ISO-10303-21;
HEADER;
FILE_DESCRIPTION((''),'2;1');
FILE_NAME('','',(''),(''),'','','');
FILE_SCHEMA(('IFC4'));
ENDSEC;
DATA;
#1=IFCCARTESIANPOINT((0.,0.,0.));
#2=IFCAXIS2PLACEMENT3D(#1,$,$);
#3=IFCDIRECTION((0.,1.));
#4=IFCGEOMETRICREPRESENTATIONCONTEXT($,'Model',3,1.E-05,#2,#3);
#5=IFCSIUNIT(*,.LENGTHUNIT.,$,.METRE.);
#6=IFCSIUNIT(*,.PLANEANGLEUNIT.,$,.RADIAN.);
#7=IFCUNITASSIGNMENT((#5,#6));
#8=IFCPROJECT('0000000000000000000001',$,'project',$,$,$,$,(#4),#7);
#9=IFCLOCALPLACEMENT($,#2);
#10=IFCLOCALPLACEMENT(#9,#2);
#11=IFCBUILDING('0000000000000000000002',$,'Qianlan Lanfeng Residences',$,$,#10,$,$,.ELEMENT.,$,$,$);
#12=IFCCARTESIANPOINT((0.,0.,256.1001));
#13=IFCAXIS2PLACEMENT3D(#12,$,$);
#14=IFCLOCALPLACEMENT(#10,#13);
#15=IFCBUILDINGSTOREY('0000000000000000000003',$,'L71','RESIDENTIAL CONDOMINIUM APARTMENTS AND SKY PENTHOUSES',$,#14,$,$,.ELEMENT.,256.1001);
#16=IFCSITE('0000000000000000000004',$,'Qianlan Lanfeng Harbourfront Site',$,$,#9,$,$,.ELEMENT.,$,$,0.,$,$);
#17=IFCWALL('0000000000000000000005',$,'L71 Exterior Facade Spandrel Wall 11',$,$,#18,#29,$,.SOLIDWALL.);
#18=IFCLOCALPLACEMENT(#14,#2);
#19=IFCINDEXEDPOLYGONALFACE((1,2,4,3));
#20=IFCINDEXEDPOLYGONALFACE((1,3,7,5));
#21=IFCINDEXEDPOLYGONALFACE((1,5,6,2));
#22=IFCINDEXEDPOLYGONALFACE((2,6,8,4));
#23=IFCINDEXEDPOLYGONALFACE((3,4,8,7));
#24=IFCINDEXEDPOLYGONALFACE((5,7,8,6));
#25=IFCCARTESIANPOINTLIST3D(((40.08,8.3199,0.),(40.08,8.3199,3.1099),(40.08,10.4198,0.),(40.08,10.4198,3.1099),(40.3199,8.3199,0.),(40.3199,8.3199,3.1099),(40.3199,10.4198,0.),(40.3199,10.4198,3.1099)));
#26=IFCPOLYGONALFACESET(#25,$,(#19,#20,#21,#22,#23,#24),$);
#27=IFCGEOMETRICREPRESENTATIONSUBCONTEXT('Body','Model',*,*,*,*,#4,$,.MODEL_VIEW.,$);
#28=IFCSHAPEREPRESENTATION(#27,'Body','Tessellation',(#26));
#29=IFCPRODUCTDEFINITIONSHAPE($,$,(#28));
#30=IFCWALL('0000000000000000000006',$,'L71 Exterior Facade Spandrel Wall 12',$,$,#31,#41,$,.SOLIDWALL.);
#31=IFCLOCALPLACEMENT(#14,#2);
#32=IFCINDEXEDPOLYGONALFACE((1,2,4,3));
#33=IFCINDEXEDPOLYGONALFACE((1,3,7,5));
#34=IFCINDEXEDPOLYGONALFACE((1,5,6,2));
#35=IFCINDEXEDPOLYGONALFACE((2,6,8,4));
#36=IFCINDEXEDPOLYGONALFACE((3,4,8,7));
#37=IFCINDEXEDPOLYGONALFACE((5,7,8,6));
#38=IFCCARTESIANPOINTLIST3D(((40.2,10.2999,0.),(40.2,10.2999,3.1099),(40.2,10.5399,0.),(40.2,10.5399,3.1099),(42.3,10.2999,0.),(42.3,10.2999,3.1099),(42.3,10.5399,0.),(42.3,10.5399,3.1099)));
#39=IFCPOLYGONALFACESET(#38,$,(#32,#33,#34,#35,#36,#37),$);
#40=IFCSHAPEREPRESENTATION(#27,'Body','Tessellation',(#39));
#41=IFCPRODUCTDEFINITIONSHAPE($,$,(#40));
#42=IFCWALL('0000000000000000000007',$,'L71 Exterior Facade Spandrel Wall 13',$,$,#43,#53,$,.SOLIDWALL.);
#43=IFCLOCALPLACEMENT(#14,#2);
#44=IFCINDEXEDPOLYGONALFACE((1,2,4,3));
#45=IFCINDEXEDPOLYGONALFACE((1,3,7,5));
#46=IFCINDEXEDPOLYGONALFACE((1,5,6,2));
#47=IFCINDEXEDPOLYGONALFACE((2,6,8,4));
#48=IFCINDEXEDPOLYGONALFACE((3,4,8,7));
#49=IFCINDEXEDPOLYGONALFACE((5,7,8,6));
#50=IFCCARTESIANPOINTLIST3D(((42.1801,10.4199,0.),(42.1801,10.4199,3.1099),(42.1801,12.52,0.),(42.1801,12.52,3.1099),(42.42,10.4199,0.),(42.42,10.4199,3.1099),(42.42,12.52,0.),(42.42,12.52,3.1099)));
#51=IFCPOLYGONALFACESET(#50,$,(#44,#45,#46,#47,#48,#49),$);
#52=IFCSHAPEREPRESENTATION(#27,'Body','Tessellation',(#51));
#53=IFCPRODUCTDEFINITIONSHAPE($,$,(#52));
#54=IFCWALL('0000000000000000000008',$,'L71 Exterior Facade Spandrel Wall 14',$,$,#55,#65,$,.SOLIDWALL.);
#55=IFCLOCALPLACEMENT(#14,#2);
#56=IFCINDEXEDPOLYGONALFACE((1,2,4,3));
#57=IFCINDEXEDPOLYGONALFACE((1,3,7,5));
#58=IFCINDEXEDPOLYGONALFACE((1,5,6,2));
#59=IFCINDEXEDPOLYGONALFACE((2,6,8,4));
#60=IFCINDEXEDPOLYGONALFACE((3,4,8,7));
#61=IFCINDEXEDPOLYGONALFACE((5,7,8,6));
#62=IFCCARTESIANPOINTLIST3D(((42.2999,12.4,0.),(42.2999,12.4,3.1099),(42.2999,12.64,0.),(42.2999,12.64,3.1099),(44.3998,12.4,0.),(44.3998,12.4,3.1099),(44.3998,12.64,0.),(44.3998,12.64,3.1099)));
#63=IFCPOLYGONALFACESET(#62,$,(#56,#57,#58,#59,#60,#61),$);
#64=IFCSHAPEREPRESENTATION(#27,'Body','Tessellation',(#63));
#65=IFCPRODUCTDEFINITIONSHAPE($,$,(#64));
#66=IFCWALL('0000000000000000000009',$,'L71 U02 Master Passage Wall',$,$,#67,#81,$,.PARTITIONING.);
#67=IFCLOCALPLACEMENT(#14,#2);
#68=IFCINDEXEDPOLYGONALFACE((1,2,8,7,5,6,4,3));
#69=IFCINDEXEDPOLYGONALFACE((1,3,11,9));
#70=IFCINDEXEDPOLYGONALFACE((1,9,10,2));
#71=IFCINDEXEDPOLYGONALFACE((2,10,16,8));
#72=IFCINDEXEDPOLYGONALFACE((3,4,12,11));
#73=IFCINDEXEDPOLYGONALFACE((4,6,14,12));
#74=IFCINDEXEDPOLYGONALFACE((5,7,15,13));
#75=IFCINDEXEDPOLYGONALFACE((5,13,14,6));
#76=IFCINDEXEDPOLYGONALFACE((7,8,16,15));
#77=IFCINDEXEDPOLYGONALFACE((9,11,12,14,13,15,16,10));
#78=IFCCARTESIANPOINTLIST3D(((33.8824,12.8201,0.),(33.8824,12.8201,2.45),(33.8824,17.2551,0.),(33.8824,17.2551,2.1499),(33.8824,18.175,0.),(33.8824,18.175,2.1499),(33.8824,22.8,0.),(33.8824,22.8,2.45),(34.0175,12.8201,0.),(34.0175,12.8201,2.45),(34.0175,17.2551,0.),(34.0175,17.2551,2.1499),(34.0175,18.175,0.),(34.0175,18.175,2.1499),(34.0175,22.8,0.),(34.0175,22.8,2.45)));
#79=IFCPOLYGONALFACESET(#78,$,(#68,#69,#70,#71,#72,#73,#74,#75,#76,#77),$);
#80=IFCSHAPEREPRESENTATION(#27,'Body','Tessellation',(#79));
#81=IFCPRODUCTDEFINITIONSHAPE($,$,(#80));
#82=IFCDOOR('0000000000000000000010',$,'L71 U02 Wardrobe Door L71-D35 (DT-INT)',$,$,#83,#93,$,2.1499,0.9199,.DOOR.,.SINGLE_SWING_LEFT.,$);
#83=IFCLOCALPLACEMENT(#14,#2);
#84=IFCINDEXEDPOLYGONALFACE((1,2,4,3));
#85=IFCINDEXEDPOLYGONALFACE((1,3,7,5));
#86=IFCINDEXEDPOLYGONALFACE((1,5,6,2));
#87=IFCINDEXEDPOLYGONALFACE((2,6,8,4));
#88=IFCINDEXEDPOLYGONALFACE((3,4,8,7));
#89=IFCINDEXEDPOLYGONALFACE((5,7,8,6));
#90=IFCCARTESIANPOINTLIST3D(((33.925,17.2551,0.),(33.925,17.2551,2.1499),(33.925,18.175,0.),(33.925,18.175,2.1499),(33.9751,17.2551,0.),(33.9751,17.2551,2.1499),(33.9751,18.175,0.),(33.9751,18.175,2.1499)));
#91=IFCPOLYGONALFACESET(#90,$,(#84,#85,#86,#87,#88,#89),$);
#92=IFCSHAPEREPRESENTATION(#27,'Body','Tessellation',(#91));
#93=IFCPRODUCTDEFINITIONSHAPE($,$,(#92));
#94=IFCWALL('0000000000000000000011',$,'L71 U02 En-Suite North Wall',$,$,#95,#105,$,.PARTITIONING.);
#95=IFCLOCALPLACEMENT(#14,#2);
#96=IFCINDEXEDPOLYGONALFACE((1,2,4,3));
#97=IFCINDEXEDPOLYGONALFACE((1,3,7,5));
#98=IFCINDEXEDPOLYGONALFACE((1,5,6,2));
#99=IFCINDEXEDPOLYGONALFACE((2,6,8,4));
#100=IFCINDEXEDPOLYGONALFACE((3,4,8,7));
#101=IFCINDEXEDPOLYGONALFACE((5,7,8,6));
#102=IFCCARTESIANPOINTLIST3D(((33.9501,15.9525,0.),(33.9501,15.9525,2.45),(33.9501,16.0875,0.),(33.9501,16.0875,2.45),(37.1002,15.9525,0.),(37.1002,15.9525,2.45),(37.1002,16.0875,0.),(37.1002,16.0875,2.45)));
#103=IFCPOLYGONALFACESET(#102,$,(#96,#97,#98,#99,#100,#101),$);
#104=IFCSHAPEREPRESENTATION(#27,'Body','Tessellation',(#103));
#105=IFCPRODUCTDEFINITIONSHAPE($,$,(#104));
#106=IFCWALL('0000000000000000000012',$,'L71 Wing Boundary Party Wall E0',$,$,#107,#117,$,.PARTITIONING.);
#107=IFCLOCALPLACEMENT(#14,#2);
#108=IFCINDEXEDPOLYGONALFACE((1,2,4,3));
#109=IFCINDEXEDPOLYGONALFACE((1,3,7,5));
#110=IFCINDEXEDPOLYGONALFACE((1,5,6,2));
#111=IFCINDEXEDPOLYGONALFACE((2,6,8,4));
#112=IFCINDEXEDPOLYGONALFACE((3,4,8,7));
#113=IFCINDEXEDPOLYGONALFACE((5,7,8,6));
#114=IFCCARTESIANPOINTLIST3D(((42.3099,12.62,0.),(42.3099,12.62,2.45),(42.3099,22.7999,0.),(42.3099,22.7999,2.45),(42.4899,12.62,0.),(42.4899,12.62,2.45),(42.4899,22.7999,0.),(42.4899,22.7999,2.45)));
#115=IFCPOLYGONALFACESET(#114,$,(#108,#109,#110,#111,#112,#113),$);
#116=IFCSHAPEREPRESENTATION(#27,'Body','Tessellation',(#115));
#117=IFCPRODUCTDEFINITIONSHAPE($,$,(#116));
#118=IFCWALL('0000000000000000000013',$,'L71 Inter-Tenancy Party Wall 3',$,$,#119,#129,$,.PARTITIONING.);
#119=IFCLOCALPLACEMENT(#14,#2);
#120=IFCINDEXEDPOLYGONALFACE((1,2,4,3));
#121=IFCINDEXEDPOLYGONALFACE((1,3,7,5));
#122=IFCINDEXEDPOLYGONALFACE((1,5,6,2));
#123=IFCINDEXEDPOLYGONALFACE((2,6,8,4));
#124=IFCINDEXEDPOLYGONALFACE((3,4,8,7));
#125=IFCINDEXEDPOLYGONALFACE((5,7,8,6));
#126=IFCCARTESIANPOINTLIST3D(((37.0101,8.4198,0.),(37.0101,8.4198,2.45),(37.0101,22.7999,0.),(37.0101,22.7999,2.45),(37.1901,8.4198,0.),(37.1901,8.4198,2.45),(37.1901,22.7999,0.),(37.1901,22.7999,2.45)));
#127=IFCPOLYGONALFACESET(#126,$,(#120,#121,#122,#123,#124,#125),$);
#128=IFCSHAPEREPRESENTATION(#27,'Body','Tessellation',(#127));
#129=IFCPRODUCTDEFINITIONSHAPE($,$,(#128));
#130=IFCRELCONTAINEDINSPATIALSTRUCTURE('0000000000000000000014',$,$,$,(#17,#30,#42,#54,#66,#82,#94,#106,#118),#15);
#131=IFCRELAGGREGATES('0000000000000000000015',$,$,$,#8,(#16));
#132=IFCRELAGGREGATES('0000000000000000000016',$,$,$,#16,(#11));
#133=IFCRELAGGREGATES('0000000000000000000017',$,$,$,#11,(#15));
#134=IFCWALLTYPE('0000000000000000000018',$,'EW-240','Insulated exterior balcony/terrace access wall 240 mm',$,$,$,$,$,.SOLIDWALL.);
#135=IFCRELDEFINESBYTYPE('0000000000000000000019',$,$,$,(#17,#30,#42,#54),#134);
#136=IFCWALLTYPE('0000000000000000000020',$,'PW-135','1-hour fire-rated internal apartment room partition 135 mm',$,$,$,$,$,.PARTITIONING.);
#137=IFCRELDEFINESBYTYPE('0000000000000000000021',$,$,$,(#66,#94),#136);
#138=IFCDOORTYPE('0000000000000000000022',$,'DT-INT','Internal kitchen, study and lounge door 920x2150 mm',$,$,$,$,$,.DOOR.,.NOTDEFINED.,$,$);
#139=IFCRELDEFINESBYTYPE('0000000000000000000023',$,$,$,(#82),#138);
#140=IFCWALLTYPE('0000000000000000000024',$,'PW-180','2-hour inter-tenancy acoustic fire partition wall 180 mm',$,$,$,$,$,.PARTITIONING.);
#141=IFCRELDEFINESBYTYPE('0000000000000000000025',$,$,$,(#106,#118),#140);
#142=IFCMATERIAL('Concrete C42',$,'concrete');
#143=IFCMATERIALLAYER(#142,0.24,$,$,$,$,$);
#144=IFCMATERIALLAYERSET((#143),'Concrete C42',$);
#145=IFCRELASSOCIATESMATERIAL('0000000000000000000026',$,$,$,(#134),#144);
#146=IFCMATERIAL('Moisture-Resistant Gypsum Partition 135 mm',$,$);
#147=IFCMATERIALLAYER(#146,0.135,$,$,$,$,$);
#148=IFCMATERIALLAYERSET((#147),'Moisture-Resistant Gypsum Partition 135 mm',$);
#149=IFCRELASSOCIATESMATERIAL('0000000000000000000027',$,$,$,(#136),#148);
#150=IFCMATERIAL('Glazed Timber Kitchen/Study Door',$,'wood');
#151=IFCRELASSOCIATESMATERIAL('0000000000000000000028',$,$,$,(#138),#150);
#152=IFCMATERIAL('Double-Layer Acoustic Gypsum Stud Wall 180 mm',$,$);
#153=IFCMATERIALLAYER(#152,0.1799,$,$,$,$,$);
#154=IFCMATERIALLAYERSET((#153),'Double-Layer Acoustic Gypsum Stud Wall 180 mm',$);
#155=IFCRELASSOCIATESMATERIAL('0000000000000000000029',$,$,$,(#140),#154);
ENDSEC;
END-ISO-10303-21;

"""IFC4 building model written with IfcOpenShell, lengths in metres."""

from ifc_helpers import new_model, si_unit, direction, frame, frame_2d, origin, place, context, subcontext, project, spatial, rectangle, extrude, material, layer, layer_set, type_object, element, fill, save


model = new_model("IFC4")

# Units and contexts
model_context = context("Model", 3, precision=1e-05, world=origin(), true_north=direction((0.0, 1.0)))
body_context = subcontext(model_context, "Body", "Model", "MODEL_VIEW")
ifc_project = project(units=[si_unit("LENGTHUNIT", "METRE"), si_unit("PLANEANGLEUNIT", "RADIAN")], contexts=[model_context])

# Site, building, storey
site_placement = place(None, origin())
site = spatial("IfcSite", under=ifc_project, at=site_placement, Name="Qianlan Lanfeng Harbourfront Site", CompositionType="ELEMENT", RefElevation=0.0)
building_placement = place(site_placement, origin())
building = spatial("IfcBuilding", under=site, at=building_placement, Name="Qianlan Lanfeng Residences", CompositionType="ELEMENT")
storey_placement = place(building_placement, frame((0.0, 0.0, 256.1001)))
storey = spatial("IfcBuildingStorey", under=building, at=storey_placement, Name="L71", Description="RESIDENTIAL CONDOMINIUM APARTMENTS AND SKY PENTHOUSES", CompositionType="ELEMENT", Elevation=256.1001)

# Walls
ifc_material_1 = material(Name="Concrete C42", Category="concrete")
ifc_layer_1 = layer(ifc_material_1, 0.24)
ifc_layer_set_1 = layer_set([ifc_layer_1], Name="Concrete C42")
wall_type_1 = type_object("IfcWallType", Name="EW-240", Description="Insulated exterior balcony/terrace access wall 240 mm", PredefinedType="SOLIDWALL", material=ifc_layer_set_1)
wall_1_placement = place(storey_placement, frame((40.2, 8.3201, 0.0), z_axis=(0.0, 0.0, 1.0), x_axis=(0.0, 1.0, 0.0)))
element("IfcWall", 1, at=wall_1_placement, inside=storey, type_object=wall_type_1, Name="L71 Exterior Facade Spandrel Wall 11", PredefinedType="SOLIDWALL", context=body_context, shape_type="SweptSolid", body=[
    extrude(rectangle(XDim=2.0999, YDim=0.24, at=frame_2d((1.0498, 0.0))), origin(), (0.0, 0.0, 1.0), 3.1099),
])
for number, where, z_axis, x_axis, name in (
    (2, (40.2, 10.4199, 0.0), (0.0, 0.0, 1.0), (1.0, 0.0, 0.0), "L71 Exterior Facade Spandrel Wall 12"),
    (3, (42.3, 10.4199, 0.0), (0.0, 0.0, 1.0), (0.0, 1.0, 0.0), "L71 Exterior Facade Spandrel Wall 13"),
):
    element("IfcWall", number, at=place(storey_placement, frame(where, z_axis=z_axis, x_axis=x_axis)), inside=storey, type_object=wall_type_1, Name=name, PredefinedType="SOLIDWALL", context=body_context, shape_type="SweptSolid", body=[
        extrude(rectangle(XDim=2.1001, YDim=0.24, at=frame_2d((1.05, 0.0))), origin(), (0.0, 0.0, 1.0), 3.1099),
    ])
wall_2_placement = place(storey_placement, frame((42.3, 12.52, 0.0), z_axis=(0.0, 0.0, 1.0), x_axis=(1.0, 0.0, 0.0)))
element("IfcWall", 4, at=wall_2_placement, inside=storey, type_object=wall_type_1, Name="L71 Exterior Facade Spandrel Wall 14", PredefinedType="SOLIDWALL", context=body_context, shape_type="SweptSolid", body=[
    extrude(rectangle(XDim=2.0999, YDim=0.24, at=frame_2d((1.0498, 0.0))), origin(), (0.0, 0.0, 1.0), 3.1099),
])

# Wall, opening, door
ifc_material_2 = material(Name="Moisture-Resistant Gypsum Partition 135 mm")
ifc_layer_2 = layer(ifc_material_2, 0.135)
ifc_layer_set_2 = layer_set([ifc_layer_2], Name="Moisture-Resistant Gypsum Partition 135 mm")
wall_type_2 = type_object("IfcWallType", Name="PW-135", Description="1-hour fire-rated internal apartment room partition 135 mm", PredefinedType="PARTITIONING", material=ifc_layer_set_2)
wall_3_placement = place(storey_placement, frame((33.95, 12.8201, 0.0), z_axis=(0.0, 0.0, 1.0), x_axis=(0.0, 1.0, 0.0)))
wall_3 = element("IfcWall", 5, at=wall_3_placement, inside=storey, type_object=wall_type_2, Name="L71 U02 Master Passage Wall", PredefinedType="PARTITIONING", context=body_context, shape_type="SweptSolid", body=[
    extrude(rectangle(XDim=9.98, YDim=0.135, at=frame_2d((4.99, 0.0))), origin(), (0.0, 0.0, 1.0), 2.45),
])
opening_1_placement = place(wall_3_placement, frame((4.4351, 0.0, 0.0)))
opening_1 = element("IfcOpeningElement", 6, at=opening_1_placement, cuts=wall_3, PredefinedType="OPENING", context=body_context, shape_type="SweptSolid", body=[
    extrude(rectangle(XDim=0.9199, YDim=2.1499, at=frame_2d((0.46, 1.075))), frame((0.0, 0.0776, 0.0), z_axis=(0.0, -1.0, 0.0), x_axis=(1.0, 0.0, 0.0)), (0.0, 0.0, 1.0), 0.155),
])
ifc_material_3 = material(Name="Glazed Timber Kitchen/Study Door", Category="wood")
door_type = type_object("IfcDoorType", Name="DT-INT", Description="Internal kitchen, study and lounge door 920x2150 mm", OperationType="NOTDEFINED", PredefinedType="DOOR", material=ifc_material_3)
door_1_placement = place(opening_1_placement, origin())
door_1 = element("IfcDoor", 7, at=door_1_placement, inside=storey, type_object=door_type, Name="L71 U02 Wardrobe Door L71-D35 (DT-INT)", OperationType="SINGLE_SWING_LEFT", OverallHeight=2.1499, OverallWidth=0.9199, PredefinedType="DOOR", context=body_context, shape_type="SweptSolid", body=[
    extrude(rectangle(XDim=0.9199, YDim=2.1499, at=frame_2d((0.46, 1.075))), frame((0.0, 0.0249, 0.0), z_axis=(0.0, -1.0, 0.0), x_axis=(1.0, 0.0, 0.0)), (0.0, 0.0, 1.0), 0.05),
])
fill(opening_1, door_1)

# Wall
wall_4_placement = place(storey_placement, frame((33.95, 16.02, 0.0), z_axis=(0.0, 0.0, 1.0), x_axis=(1.0, 0.0, 0.0)))
element("IfcWall", 8, at=wall_4_placement, inside=storey, type_object=wall_type_2, Name="L71 U02 En-Suite North Wall", PredefinedType="PARTITIONING", context=body_context, shape_type="SweptSolid", body=[
    extrude(rectangle(XDim=3.1501, YDim=0.135, at=frame_2d((1.5752, 0.0))), origin(), (0.0, 0.0, 1.0), 2.45),
])

# Walls
ifc_material_4 = material(Name="Double-Layer Acoustic Gypsum Stud Wall 180 mm")
ifc_layer_3 = layer(ifc_material_4, 0.1799)
ifc_layer_set_3 = layer_set([ifc_layer_3], Name="Double-Layer Acoustic Gypsum Stud Wall 180 mm")
wall_type_3 = type_object("IfcWallType", Name="PW-180", Description="2-hour inter-tenancy acoustic fire partition wall 180 mm", PredefinedType="PARTITIONING", material=ifc_layer_set_3)
wall_5_placement = place(storey_placement, frame((42.3999, 12.6201, 0.0), z_axis=(0.0, 0.0, 1.0), x_axis=(0.0, 1.0, 0.0)))
element("IfcWall", 9, at=wall_5_placement, inside=storey, type_object=wall_type_3, Name="L71 Wing Boundary Party Wall E0", PredefinedType="PARTITIONING", context=body_context, shape_type="SweptSolid", body=[
    extrude(rectangle(XDim=10.1799, YDim=0.1799, at=frame_2d((5.0898, 0.0))), origin(), (0.0, 0.0, 1.0), 2.45),
])
wall_6_placement = place(storey_placement, frame((37.1001, 8.4199, 0.0), z_axis=(0.0, 0.0, 1.0), x_axis=(0.0, 1.0, 0.0)))
element("IfcWall", 10, at=wall_6_placement, inside=storey, type_object=wall_type_3, Name="L71 Inter-Tenancy Party Wall 3", PredefinedType="PARTITIONING", context=body_context, shape_type="SweptSolid", body=[
    extrude(rectangle(XDim=14.3801, YDim=0.1799, at=frame_2d((7.1899, 0.0))), origin(), (0.0, 0.0, 1.0), 2.45),
])

save(model, "model.ifc")
